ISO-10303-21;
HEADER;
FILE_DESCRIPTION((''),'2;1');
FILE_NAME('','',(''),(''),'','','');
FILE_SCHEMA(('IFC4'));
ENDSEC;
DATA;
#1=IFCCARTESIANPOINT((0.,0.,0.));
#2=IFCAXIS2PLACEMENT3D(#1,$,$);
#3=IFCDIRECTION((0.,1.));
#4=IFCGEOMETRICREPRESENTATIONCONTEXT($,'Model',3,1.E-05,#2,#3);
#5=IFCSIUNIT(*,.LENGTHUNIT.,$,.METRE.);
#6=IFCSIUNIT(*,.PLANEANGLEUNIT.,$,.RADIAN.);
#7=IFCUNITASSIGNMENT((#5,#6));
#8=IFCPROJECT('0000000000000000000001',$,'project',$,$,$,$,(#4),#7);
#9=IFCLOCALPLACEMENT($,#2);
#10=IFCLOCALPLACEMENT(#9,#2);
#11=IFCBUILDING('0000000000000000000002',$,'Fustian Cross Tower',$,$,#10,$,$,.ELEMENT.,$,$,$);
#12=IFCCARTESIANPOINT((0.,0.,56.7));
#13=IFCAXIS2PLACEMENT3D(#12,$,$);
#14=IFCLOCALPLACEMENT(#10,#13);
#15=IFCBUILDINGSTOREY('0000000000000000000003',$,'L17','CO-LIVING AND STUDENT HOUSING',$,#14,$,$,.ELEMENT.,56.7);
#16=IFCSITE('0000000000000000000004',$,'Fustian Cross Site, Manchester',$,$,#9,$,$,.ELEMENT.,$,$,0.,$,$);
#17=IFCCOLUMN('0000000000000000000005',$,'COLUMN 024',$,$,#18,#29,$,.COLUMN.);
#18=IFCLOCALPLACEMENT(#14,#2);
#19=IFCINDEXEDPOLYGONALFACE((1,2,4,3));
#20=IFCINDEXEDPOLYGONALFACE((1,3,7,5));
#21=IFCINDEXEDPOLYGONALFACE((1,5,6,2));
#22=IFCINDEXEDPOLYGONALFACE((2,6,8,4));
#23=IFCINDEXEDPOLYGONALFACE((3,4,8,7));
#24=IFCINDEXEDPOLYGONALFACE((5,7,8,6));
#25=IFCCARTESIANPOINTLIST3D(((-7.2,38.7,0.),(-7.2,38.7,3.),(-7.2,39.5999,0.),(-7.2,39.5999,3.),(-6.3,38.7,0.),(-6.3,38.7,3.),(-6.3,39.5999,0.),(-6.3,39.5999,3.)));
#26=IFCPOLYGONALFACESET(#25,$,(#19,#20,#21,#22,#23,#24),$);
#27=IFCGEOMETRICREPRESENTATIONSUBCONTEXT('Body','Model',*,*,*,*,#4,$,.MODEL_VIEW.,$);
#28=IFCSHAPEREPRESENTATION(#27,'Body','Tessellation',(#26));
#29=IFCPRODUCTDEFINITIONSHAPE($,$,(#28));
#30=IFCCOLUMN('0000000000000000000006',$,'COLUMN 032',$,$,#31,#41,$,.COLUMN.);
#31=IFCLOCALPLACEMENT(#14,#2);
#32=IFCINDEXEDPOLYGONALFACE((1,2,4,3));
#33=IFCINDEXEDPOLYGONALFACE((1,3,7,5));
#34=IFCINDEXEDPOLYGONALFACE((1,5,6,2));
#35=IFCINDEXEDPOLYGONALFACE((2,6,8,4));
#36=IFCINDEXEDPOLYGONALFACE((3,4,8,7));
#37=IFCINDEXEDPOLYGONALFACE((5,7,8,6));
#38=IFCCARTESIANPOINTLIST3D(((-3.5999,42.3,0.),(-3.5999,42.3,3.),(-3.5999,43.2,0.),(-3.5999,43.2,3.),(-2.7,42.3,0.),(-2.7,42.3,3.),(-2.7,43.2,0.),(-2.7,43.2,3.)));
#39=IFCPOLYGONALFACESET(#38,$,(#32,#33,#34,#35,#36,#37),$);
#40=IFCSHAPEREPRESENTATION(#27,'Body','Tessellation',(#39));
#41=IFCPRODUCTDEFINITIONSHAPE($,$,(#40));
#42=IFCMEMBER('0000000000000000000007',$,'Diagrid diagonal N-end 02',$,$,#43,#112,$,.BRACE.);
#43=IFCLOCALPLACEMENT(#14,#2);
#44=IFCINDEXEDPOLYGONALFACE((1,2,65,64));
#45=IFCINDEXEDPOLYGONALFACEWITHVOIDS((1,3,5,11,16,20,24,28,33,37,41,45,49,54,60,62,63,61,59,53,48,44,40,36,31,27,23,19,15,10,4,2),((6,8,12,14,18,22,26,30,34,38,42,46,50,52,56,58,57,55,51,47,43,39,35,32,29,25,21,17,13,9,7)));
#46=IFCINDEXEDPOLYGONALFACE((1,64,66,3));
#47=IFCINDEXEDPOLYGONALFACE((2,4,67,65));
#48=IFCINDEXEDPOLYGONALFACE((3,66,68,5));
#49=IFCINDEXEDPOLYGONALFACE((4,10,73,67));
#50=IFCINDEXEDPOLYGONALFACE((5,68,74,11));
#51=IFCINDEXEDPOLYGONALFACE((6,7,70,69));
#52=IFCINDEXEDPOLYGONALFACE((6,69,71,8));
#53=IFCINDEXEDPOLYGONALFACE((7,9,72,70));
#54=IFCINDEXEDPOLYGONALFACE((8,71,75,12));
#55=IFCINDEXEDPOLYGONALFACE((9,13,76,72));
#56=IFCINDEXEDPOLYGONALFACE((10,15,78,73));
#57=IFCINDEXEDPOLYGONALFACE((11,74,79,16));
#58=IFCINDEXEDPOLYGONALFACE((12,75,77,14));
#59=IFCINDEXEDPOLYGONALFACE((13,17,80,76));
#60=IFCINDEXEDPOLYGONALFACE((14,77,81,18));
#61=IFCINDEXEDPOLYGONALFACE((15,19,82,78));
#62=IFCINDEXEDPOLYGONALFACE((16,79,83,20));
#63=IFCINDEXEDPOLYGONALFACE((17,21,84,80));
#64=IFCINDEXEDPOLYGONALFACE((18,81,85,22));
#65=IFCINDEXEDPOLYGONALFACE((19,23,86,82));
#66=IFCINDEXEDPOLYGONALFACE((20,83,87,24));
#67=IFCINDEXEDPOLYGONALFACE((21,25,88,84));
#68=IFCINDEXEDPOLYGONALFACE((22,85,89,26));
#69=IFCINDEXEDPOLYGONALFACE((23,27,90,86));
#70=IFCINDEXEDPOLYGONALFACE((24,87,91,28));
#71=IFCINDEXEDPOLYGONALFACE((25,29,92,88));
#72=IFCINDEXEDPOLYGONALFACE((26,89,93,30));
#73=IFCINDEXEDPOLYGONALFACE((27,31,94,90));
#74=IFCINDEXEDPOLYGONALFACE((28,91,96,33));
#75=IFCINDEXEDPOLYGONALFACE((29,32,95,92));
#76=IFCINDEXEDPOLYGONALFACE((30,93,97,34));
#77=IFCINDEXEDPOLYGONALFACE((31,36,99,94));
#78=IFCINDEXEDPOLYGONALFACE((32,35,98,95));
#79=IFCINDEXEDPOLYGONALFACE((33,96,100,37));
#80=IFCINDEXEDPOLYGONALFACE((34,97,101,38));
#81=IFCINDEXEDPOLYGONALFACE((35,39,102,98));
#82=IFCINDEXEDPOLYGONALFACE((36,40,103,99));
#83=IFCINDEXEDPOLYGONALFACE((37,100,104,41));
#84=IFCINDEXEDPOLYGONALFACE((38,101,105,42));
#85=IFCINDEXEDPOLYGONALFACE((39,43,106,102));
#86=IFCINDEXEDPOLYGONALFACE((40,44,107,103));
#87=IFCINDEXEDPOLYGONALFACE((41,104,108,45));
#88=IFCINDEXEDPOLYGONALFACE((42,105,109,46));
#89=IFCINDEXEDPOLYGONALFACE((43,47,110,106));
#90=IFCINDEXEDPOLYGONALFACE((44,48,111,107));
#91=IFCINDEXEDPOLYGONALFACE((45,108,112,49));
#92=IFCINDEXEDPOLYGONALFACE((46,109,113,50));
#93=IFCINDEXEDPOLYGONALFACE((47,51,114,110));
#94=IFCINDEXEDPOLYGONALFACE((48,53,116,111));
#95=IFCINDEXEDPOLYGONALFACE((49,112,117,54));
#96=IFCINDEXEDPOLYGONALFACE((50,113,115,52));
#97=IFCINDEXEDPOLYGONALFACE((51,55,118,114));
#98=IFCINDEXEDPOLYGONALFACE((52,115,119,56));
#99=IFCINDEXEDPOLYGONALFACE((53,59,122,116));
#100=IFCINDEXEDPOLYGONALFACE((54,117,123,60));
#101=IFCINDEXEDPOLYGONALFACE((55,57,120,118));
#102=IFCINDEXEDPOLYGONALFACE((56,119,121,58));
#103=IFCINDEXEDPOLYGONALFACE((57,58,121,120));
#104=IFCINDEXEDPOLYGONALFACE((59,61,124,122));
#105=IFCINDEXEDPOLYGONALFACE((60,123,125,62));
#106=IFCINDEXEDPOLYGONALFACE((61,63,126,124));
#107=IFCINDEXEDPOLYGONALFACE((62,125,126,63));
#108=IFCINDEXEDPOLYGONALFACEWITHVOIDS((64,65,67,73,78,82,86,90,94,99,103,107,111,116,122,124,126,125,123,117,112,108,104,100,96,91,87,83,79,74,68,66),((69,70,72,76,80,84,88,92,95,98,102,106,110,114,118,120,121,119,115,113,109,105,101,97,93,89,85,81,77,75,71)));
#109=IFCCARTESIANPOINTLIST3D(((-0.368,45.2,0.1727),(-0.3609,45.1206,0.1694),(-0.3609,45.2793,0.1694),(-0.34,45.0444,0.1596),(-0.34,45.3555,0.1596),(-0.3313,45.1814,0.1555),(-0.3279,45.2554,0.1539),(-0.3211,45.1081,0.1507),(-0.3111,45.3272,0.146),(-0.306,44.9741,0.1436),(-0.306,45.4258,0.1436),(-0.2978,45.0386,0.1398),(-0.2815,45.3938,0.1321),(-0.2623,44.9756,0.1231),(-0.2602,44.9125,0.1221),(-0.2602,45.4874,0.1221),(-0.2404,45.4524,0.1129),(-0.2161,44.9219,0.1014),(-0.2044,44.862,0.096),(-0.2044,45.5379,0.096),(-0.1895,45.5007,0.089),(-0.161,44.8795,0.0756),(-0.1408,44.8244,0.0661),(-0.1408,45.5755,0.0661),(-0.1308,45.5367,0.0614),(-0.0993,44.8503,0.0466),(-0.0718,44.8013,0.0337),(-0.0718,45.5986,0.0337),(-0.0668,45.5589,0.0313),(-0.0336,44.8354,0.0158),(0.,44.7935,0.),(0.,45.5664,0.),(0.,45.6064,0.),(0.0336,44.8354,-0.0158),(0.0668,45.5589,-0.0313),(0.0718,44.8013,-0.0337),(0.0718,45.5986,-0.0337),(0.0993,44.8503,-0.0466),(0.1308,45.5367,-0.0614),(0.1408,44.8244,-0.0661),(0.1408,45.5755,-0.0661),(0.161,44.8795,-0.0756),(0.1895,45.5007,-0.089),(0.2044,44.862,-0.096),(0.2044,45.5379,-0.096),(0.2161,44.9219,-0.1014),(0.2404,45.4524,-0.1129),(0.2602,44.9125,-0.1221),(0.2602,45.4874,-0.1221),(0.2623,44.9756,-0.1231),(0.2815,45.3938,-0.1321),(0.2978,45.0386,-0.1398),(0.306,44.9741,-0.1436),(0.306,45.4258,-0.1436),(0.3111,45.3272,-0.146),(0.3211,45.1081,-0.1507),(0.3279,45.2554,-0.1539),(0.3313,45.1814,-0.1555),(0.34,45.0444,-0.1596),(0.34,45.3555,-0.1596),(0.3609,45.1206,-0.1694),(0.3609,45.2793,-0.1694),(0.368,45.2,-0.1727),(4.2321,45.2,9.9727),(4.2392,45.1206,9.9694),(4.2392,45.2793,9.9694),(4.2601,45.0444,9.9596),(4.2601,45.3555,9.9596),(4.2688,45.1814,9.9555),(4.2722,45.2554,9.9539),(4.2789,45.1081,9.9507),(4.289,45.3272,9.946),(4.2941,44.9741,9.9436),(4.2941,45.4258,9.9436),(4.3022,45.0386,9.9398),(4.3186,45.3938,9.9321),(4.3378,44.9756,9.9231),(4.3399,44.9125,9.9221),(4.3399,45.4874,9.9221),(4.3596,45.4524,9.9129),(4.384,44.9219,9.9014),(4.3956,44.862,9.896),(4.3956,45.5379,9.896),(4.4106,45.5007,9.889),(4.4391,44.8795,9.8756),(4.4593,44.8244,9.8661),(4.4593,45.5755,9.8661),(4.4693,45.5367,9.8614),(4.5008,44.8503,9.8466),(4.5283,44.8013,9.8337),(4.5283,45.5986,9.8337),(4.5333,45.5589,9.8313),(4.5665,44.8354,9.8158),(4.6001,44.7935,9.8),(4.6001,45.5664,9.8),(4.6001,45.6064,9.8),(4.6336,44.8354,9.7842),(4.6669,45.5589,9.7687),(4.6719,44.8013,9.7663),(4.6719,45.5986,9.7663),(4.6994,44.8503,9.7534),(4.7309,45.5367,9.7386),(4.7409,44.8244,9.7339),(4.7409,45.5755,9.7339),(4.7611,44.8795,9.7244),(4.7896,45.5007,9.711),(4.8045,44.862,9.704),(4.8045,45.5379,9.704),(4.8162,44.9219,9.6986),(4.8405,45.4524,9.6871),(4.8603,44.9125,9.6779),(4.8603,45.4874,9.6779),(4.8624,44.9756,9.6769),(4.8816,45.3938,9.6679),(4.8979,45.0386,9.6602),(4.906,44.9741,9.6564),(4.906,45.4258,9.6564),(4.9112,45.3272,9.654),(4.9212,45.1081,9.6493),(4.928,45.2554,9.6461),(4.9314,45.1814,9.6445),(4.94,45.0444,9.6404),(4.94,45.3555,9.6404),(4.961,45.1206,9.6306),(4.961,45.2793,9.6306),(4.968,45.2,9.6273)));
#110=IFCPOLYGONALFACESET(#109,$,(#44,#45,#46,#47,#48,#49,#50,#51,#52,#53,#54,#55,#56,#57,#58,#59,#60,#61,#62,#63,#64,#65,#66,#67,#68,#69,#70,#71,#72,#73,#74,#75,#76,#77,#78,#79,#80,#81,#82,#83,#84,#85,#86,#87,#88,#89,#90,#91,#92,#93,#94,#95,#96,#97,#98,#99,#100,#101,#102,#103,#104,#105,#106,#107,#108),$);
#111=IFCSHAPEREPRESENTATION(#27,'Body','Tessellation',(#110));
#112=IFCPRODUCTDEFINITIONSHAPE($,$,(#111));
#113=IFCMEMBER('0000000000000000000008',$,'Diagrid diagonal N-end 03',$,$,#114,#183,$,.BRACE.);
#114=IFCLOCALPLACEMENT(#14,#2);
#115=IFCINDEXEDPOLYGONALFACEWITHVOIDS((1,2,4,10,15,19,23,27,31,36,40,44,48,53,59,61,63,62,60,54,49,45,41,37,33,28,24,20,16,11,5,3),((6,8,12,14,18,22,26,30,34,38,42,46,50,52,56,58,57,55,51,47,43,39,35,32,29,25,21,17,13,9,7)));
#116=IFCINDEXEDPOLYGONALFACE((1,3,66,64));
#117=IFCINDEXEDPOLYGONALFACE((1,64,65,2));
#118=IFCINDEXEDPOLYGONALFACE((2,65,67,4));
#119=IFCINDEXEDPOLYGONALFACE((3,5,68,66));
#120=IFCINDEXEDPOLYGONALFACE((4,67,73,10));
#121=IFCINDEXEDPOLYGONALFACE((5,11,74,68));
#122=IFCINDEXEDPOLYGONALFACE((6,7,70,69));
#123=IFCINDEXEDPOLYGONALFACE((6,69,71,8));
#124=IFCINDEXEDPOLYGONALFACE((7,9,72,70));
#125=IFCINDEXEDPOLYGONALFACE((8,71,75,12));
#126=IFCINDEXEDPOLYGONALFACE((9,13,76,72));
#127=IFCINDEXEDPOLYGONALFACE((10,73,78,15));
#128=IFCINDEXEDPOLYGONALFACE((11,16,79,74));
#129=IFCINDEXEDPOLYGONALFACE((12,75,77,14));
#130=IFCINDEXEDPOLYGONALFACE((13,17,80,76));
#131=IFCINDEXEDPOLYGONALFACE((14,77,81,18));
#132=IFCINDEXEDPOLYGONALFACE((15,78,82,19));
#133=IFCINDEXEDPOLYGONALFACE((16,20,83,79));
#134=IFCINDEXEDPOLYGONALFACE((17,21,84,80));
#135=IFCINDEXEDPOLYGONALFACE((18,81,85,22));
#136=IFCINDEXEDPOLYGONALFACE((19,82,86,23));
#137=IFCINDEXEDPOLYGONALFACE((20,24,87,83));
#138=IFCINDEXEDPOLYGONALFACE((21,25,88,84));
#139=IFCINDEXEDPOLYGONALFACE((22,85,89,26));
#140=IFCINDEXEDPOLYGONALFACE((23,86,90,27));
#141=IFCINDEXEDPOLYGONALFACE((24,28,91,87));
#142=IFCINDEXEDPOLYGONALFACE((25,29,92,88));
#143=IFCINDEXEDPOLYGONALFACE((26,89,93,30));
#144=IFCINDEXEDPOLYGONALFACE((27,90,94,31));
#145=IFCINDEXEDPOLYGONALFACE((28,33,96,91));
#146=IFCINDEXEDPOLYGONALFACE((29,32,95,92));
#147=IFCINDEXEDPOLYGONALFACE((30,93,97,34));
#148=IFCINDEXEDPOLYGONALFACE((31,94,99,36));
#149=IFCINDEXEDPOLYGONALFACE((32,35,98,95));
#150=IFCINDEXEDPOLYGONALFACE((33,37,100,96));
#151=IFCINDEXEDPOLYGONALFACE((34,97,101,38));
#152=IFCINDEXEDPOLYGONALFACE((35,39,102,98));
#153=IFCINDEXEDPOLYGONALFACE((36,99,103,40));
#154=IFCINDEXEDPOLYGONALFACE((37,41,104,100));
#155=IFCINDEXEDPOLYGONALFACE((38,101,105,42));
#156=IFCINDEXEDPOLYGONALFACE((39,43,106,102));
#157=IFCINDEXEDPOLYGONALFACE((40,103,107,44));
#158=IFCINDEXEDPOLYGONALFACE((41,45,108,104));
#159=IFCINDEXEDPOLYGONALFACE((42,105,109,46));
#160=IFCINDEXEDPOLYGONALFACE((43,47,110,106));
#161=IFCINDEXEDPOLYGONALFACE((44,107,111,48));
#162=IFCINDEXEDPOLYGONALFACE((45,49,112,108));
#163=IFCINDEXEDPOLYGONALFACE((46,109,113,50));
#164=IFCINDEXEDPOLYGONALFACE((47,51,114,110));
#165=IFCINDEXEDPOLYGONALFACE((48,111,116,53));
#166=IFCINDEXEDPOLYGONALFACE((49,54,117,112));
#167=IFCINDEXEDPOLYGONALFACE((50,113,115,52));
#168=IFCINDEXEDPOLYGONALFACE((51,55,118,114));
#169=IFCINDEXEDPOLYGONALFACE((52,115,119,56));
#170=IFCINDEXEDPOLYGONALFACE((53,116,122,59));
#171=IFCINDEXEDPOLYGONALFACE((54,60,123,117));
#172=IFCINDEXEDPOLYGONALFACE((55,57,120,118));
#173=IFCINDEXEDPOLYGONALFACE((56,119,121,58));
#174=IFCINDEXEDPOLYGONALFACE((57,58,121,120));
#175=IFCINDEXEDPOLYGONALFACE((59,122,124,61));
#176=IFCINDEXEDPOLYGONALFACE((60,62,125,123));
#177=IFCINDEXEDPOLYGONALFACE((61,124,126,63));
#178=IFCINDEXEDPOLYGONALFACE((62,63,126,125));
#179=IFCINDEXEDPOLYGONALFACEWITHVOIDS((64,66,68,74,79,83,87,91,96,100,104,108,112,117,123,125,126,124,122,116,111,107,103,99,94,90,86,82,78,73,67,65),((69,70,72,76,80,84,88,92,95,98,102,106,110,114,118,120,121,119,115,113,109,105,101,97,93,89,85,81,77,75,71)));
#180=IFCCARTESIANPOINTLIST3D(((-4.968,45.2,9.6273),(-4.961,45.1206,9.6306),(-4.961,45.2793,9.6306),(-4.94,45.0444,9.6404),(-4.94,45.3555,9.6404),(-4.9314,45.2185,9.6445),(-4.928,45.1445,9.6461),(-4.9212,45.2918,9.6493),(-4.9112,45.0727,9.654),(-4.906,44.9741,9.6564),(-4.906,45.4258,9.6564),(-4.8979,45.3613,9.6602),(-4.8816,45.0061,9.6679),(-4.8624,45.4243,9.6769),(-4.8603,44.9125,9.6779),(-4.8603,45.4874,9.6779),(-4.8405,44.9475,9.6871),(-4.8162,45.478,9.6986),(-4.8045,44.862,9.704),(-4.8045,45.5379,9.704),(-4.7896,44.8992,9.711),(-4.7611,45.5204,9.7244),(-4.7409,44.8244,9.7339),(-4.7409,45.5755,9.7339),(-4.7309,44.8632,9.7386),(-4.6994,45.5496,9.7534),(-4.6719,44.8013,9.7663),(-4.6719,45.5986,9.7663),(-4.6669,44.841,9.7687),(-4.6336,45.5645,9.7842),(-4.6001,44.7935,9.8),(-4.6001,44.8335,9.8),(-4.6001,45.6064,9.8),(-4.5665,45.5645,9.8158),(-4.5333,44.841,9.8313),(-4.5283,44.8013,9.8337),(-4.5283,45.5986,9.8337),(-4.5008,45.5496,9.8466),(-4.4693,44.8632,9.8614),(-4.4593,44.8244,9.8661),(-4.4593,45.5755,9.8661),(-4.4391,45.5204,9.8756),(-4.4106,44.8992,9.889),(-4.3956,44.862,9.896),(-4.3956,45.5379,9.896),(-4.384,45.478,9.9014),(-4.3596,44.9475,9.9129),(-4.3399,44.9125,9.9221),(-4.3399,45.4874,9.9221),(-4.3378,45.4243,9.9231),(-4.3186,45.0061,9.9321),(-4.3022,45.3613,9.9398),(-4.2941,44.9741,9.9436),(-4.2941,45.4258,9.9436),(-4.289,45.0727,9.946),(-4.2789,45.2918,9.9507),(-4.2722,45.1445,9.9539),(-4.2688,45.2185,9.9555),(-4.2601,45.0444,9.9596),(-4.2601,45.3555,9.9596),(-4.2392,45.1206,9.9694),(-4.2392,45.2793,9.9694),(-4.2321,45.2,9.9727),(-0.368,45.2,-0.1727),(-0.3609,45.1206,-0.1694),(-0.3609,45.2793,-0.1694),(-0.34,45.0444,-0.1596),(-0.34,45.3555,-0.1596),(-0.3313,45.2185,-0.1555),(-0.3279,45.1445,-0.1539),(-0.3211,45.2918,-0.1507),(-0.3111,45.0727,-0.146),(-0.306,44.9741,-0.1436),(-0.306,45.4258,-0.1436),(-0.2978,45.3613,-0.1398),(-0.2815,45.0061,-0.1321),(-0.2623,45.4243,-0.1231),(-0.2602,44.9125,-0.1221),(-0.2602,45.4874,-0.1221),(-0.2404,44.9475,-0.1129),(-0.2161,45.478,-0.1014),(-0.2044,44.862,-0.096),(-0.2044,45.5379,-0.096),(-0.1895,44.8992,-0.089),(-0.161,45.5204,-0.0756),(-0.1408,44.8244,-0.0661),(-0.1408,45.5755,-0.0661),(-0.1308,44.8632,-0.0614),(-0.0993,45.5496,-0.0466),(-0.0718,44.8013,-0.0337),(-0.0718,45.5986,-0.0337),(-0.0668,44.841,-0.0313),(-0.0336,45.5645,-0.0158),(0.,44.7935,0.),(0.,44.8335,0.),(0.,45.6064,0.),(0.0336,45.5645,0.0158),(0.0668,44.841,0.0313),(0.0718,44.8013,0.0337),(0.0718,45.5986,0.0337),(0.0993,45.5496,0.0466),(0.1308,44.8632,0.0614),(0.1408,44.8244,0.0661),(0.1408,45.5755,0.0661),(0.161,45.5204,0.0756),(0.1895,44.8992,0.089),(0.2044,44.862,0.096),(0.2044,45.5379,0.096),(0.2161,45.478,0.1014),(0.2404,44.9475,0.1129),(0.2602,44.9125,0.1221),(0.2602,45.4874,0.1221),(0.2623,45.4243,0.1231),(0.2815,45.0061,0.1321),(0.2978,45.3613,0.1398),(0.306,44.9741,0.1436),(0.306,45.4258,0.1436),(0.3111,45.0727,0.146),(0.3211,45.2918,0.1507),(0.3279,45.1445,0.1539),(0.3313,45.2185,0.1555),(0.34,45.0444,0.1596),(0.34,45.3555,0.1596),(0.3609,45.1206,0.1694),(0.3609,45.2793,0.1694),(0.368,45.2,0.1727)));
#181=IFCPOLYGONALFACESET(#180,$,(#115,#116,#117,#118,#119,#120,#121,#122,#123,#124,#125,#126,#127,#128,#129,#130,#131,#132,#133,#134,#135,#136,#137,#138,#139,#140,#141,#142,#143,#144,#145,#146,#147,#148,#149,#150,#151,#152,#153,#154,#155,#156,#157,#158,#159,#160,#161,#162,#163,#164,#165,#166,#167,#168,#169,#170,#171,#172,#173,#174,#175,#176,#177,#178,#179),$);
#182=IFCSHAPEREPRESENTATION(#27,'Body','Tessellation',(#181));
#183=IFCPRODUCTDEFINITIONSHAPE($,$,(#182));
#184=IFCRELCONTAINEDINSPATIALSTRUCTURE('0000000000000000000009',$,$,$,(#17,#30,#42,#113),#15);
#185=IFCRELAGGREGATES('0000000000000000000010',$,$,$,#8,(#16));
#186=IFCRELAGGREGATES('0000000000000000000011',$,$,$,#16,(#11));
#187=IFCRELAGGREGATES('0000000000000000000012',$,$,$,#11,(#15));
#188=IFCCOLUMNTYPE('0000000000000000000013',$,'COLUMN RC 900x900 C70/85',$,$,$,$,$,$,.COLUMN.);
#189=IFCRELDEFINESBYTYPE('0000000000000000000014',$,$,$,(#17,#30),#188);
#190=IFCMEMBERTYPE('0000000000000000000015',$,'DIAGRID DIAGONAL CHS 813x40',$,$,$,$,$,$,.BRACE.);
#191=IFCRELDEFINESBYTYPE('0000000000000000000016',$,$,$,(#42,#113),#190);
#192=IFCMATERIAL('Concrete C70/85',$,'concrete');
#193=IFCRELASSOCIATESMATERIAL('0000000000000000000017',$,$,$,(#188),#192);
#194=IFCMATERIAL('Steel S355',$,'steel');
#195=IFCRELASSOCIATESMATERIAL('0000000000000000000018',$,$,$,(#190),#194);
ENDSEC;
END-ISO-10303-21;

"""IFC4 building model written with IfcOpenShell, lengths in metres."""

from ifc_helpers import new_model, si_unit, direction, frame, origin, origin_2d, place, context, subcontext, project, spatial, rectangle, hollow_circle, extrude, material, material_profile, profile_set, type_object, element, save


model = new_model("IFC4")

# Units and contexts
model_context = context("Model", 3, precision=1e-05, world=origin(), true_north=direction((0.0, 1.0)))
body_context = subcontext(model_context, "Body", "Model", "MODEL_VIEW")
ifc_project = project(units=[si_unit("LENGTHUNIT", "METRE"), si_unit("PLANEANGLEUNIT", "RADIAN")], contexts=[model_context])

# Site, building, storey
site_placement = place(None, origin())
site = spatial("IfcSite", under=ifc_project, at=site_placement, Name="Fustian Cross Site, Manchester", CompositionType="ELEMENT", RefElevation=0.0)
building_placement = place(site_placement, origin())
building = spatial("IfcBuilding", under=site, at=building_placement, Name="Fustian Cross Tower", CompositionType="ELEMENT")
storey_placement = place(building_placement, frame((0.0, 0.0, 56.7)))
storey = spatial("IfcBuildingStorey", under=building, at=storey_placement, Name="L17", Description="CO-LIVING AND STUDENT HOUSING", CompositionType="ELEMENT", Elevation=56.7)

# Columns
ifc_material_1 = material(Name="Concrete C70/85", Category="concrete")
ifc_material_profile_1 = material_profile(ifc_material_1, rectangle(XDim=0.8999, YDim=0.8999, at=origin_2d()), Name="RC 900x900")
ifc_profile_set_1 = profile_set([ifc_material_profile_1], Name="Concrete C70/85")
column_type = type_object("IfcColumnType", Name="COLUMN RC 900x900 C70/85", PredefinedType="COLUMN", material=ifc_profile_set_1)
for number, where, z_axis, x_axis, name in (
    (1, (-6.75, 39.1499, 0.0), (0.0, 0.0, 1.0), (1.0, 0.0, 0.0), "COLUMN 024"),
    (2, (-3.1499, 42.75, 0.0), (0.0, 0.0, 1.0), (1.0, 0.0, 0.0), "COLUMN 032"),
):
    element("IfcColumn", number, at=place(storey_placement, frame(where, z_axis=z_axis, x_axis=x_axis)), inside=storey, type_object=column_type, Name=name, PredefinedType="COLUMN", context=body_context, shape_type="SweptSolid", body=[
        extrude(rectangle(XDim=0.8999, YDim=0.8999, at=origin_2d()), origin(), (0.0, 0.0, 1.0), 3.0),
    ])

# Members
ifc_material_2 = material(Name="Steel S355", Category="steel")
ifc_material_profile_2 = material_profile(ifc_material_2, hollow_circle(Radius=0.4065, WallThickness=0.04, at=origin_2d()), Name="CHS 813x40")
ifc_profile_set_2 = profile_set([ifc_material_profile_2], Name="Steel S355")
member_type_1 = type_object("IfcMemberType", Name="DIAGRID DIAGONAL CHS 813x40", PredefinedType="BRACE", material=ifc_profile_set_2)
for number, where, z_axis, x_axis, name in (
    (3, (0.0, 45.2, 0.0), (0.424913, 0.0, 0.905234), (0.0, 1.0, 0.0), "Diagrid diagonal N-end 02"),
    (4, (0.0, 45.2, 0.0), (-0.424913, 0.0, 0.905234), (0.0, -1.0, 0.0), "Diagrid diagonal N-end 03"),
):
    element("IfcMember", number, at=place(storey_placement, frame(where, z_axis=z_axis, x_axis=x_axis)), inside=storey, type_object=member_type_1, Name=name, PredefinedType="BRACE", context=body_context, shape_type="SweptSolid", body=[
        extrude(hollow_circle(Radius=0.4065, WallThickness=0.04, at=origin_2d()), origin(), (0.0, 0.0, 1.0), 10.8259),
    ])

save(model, "model.ifc")
